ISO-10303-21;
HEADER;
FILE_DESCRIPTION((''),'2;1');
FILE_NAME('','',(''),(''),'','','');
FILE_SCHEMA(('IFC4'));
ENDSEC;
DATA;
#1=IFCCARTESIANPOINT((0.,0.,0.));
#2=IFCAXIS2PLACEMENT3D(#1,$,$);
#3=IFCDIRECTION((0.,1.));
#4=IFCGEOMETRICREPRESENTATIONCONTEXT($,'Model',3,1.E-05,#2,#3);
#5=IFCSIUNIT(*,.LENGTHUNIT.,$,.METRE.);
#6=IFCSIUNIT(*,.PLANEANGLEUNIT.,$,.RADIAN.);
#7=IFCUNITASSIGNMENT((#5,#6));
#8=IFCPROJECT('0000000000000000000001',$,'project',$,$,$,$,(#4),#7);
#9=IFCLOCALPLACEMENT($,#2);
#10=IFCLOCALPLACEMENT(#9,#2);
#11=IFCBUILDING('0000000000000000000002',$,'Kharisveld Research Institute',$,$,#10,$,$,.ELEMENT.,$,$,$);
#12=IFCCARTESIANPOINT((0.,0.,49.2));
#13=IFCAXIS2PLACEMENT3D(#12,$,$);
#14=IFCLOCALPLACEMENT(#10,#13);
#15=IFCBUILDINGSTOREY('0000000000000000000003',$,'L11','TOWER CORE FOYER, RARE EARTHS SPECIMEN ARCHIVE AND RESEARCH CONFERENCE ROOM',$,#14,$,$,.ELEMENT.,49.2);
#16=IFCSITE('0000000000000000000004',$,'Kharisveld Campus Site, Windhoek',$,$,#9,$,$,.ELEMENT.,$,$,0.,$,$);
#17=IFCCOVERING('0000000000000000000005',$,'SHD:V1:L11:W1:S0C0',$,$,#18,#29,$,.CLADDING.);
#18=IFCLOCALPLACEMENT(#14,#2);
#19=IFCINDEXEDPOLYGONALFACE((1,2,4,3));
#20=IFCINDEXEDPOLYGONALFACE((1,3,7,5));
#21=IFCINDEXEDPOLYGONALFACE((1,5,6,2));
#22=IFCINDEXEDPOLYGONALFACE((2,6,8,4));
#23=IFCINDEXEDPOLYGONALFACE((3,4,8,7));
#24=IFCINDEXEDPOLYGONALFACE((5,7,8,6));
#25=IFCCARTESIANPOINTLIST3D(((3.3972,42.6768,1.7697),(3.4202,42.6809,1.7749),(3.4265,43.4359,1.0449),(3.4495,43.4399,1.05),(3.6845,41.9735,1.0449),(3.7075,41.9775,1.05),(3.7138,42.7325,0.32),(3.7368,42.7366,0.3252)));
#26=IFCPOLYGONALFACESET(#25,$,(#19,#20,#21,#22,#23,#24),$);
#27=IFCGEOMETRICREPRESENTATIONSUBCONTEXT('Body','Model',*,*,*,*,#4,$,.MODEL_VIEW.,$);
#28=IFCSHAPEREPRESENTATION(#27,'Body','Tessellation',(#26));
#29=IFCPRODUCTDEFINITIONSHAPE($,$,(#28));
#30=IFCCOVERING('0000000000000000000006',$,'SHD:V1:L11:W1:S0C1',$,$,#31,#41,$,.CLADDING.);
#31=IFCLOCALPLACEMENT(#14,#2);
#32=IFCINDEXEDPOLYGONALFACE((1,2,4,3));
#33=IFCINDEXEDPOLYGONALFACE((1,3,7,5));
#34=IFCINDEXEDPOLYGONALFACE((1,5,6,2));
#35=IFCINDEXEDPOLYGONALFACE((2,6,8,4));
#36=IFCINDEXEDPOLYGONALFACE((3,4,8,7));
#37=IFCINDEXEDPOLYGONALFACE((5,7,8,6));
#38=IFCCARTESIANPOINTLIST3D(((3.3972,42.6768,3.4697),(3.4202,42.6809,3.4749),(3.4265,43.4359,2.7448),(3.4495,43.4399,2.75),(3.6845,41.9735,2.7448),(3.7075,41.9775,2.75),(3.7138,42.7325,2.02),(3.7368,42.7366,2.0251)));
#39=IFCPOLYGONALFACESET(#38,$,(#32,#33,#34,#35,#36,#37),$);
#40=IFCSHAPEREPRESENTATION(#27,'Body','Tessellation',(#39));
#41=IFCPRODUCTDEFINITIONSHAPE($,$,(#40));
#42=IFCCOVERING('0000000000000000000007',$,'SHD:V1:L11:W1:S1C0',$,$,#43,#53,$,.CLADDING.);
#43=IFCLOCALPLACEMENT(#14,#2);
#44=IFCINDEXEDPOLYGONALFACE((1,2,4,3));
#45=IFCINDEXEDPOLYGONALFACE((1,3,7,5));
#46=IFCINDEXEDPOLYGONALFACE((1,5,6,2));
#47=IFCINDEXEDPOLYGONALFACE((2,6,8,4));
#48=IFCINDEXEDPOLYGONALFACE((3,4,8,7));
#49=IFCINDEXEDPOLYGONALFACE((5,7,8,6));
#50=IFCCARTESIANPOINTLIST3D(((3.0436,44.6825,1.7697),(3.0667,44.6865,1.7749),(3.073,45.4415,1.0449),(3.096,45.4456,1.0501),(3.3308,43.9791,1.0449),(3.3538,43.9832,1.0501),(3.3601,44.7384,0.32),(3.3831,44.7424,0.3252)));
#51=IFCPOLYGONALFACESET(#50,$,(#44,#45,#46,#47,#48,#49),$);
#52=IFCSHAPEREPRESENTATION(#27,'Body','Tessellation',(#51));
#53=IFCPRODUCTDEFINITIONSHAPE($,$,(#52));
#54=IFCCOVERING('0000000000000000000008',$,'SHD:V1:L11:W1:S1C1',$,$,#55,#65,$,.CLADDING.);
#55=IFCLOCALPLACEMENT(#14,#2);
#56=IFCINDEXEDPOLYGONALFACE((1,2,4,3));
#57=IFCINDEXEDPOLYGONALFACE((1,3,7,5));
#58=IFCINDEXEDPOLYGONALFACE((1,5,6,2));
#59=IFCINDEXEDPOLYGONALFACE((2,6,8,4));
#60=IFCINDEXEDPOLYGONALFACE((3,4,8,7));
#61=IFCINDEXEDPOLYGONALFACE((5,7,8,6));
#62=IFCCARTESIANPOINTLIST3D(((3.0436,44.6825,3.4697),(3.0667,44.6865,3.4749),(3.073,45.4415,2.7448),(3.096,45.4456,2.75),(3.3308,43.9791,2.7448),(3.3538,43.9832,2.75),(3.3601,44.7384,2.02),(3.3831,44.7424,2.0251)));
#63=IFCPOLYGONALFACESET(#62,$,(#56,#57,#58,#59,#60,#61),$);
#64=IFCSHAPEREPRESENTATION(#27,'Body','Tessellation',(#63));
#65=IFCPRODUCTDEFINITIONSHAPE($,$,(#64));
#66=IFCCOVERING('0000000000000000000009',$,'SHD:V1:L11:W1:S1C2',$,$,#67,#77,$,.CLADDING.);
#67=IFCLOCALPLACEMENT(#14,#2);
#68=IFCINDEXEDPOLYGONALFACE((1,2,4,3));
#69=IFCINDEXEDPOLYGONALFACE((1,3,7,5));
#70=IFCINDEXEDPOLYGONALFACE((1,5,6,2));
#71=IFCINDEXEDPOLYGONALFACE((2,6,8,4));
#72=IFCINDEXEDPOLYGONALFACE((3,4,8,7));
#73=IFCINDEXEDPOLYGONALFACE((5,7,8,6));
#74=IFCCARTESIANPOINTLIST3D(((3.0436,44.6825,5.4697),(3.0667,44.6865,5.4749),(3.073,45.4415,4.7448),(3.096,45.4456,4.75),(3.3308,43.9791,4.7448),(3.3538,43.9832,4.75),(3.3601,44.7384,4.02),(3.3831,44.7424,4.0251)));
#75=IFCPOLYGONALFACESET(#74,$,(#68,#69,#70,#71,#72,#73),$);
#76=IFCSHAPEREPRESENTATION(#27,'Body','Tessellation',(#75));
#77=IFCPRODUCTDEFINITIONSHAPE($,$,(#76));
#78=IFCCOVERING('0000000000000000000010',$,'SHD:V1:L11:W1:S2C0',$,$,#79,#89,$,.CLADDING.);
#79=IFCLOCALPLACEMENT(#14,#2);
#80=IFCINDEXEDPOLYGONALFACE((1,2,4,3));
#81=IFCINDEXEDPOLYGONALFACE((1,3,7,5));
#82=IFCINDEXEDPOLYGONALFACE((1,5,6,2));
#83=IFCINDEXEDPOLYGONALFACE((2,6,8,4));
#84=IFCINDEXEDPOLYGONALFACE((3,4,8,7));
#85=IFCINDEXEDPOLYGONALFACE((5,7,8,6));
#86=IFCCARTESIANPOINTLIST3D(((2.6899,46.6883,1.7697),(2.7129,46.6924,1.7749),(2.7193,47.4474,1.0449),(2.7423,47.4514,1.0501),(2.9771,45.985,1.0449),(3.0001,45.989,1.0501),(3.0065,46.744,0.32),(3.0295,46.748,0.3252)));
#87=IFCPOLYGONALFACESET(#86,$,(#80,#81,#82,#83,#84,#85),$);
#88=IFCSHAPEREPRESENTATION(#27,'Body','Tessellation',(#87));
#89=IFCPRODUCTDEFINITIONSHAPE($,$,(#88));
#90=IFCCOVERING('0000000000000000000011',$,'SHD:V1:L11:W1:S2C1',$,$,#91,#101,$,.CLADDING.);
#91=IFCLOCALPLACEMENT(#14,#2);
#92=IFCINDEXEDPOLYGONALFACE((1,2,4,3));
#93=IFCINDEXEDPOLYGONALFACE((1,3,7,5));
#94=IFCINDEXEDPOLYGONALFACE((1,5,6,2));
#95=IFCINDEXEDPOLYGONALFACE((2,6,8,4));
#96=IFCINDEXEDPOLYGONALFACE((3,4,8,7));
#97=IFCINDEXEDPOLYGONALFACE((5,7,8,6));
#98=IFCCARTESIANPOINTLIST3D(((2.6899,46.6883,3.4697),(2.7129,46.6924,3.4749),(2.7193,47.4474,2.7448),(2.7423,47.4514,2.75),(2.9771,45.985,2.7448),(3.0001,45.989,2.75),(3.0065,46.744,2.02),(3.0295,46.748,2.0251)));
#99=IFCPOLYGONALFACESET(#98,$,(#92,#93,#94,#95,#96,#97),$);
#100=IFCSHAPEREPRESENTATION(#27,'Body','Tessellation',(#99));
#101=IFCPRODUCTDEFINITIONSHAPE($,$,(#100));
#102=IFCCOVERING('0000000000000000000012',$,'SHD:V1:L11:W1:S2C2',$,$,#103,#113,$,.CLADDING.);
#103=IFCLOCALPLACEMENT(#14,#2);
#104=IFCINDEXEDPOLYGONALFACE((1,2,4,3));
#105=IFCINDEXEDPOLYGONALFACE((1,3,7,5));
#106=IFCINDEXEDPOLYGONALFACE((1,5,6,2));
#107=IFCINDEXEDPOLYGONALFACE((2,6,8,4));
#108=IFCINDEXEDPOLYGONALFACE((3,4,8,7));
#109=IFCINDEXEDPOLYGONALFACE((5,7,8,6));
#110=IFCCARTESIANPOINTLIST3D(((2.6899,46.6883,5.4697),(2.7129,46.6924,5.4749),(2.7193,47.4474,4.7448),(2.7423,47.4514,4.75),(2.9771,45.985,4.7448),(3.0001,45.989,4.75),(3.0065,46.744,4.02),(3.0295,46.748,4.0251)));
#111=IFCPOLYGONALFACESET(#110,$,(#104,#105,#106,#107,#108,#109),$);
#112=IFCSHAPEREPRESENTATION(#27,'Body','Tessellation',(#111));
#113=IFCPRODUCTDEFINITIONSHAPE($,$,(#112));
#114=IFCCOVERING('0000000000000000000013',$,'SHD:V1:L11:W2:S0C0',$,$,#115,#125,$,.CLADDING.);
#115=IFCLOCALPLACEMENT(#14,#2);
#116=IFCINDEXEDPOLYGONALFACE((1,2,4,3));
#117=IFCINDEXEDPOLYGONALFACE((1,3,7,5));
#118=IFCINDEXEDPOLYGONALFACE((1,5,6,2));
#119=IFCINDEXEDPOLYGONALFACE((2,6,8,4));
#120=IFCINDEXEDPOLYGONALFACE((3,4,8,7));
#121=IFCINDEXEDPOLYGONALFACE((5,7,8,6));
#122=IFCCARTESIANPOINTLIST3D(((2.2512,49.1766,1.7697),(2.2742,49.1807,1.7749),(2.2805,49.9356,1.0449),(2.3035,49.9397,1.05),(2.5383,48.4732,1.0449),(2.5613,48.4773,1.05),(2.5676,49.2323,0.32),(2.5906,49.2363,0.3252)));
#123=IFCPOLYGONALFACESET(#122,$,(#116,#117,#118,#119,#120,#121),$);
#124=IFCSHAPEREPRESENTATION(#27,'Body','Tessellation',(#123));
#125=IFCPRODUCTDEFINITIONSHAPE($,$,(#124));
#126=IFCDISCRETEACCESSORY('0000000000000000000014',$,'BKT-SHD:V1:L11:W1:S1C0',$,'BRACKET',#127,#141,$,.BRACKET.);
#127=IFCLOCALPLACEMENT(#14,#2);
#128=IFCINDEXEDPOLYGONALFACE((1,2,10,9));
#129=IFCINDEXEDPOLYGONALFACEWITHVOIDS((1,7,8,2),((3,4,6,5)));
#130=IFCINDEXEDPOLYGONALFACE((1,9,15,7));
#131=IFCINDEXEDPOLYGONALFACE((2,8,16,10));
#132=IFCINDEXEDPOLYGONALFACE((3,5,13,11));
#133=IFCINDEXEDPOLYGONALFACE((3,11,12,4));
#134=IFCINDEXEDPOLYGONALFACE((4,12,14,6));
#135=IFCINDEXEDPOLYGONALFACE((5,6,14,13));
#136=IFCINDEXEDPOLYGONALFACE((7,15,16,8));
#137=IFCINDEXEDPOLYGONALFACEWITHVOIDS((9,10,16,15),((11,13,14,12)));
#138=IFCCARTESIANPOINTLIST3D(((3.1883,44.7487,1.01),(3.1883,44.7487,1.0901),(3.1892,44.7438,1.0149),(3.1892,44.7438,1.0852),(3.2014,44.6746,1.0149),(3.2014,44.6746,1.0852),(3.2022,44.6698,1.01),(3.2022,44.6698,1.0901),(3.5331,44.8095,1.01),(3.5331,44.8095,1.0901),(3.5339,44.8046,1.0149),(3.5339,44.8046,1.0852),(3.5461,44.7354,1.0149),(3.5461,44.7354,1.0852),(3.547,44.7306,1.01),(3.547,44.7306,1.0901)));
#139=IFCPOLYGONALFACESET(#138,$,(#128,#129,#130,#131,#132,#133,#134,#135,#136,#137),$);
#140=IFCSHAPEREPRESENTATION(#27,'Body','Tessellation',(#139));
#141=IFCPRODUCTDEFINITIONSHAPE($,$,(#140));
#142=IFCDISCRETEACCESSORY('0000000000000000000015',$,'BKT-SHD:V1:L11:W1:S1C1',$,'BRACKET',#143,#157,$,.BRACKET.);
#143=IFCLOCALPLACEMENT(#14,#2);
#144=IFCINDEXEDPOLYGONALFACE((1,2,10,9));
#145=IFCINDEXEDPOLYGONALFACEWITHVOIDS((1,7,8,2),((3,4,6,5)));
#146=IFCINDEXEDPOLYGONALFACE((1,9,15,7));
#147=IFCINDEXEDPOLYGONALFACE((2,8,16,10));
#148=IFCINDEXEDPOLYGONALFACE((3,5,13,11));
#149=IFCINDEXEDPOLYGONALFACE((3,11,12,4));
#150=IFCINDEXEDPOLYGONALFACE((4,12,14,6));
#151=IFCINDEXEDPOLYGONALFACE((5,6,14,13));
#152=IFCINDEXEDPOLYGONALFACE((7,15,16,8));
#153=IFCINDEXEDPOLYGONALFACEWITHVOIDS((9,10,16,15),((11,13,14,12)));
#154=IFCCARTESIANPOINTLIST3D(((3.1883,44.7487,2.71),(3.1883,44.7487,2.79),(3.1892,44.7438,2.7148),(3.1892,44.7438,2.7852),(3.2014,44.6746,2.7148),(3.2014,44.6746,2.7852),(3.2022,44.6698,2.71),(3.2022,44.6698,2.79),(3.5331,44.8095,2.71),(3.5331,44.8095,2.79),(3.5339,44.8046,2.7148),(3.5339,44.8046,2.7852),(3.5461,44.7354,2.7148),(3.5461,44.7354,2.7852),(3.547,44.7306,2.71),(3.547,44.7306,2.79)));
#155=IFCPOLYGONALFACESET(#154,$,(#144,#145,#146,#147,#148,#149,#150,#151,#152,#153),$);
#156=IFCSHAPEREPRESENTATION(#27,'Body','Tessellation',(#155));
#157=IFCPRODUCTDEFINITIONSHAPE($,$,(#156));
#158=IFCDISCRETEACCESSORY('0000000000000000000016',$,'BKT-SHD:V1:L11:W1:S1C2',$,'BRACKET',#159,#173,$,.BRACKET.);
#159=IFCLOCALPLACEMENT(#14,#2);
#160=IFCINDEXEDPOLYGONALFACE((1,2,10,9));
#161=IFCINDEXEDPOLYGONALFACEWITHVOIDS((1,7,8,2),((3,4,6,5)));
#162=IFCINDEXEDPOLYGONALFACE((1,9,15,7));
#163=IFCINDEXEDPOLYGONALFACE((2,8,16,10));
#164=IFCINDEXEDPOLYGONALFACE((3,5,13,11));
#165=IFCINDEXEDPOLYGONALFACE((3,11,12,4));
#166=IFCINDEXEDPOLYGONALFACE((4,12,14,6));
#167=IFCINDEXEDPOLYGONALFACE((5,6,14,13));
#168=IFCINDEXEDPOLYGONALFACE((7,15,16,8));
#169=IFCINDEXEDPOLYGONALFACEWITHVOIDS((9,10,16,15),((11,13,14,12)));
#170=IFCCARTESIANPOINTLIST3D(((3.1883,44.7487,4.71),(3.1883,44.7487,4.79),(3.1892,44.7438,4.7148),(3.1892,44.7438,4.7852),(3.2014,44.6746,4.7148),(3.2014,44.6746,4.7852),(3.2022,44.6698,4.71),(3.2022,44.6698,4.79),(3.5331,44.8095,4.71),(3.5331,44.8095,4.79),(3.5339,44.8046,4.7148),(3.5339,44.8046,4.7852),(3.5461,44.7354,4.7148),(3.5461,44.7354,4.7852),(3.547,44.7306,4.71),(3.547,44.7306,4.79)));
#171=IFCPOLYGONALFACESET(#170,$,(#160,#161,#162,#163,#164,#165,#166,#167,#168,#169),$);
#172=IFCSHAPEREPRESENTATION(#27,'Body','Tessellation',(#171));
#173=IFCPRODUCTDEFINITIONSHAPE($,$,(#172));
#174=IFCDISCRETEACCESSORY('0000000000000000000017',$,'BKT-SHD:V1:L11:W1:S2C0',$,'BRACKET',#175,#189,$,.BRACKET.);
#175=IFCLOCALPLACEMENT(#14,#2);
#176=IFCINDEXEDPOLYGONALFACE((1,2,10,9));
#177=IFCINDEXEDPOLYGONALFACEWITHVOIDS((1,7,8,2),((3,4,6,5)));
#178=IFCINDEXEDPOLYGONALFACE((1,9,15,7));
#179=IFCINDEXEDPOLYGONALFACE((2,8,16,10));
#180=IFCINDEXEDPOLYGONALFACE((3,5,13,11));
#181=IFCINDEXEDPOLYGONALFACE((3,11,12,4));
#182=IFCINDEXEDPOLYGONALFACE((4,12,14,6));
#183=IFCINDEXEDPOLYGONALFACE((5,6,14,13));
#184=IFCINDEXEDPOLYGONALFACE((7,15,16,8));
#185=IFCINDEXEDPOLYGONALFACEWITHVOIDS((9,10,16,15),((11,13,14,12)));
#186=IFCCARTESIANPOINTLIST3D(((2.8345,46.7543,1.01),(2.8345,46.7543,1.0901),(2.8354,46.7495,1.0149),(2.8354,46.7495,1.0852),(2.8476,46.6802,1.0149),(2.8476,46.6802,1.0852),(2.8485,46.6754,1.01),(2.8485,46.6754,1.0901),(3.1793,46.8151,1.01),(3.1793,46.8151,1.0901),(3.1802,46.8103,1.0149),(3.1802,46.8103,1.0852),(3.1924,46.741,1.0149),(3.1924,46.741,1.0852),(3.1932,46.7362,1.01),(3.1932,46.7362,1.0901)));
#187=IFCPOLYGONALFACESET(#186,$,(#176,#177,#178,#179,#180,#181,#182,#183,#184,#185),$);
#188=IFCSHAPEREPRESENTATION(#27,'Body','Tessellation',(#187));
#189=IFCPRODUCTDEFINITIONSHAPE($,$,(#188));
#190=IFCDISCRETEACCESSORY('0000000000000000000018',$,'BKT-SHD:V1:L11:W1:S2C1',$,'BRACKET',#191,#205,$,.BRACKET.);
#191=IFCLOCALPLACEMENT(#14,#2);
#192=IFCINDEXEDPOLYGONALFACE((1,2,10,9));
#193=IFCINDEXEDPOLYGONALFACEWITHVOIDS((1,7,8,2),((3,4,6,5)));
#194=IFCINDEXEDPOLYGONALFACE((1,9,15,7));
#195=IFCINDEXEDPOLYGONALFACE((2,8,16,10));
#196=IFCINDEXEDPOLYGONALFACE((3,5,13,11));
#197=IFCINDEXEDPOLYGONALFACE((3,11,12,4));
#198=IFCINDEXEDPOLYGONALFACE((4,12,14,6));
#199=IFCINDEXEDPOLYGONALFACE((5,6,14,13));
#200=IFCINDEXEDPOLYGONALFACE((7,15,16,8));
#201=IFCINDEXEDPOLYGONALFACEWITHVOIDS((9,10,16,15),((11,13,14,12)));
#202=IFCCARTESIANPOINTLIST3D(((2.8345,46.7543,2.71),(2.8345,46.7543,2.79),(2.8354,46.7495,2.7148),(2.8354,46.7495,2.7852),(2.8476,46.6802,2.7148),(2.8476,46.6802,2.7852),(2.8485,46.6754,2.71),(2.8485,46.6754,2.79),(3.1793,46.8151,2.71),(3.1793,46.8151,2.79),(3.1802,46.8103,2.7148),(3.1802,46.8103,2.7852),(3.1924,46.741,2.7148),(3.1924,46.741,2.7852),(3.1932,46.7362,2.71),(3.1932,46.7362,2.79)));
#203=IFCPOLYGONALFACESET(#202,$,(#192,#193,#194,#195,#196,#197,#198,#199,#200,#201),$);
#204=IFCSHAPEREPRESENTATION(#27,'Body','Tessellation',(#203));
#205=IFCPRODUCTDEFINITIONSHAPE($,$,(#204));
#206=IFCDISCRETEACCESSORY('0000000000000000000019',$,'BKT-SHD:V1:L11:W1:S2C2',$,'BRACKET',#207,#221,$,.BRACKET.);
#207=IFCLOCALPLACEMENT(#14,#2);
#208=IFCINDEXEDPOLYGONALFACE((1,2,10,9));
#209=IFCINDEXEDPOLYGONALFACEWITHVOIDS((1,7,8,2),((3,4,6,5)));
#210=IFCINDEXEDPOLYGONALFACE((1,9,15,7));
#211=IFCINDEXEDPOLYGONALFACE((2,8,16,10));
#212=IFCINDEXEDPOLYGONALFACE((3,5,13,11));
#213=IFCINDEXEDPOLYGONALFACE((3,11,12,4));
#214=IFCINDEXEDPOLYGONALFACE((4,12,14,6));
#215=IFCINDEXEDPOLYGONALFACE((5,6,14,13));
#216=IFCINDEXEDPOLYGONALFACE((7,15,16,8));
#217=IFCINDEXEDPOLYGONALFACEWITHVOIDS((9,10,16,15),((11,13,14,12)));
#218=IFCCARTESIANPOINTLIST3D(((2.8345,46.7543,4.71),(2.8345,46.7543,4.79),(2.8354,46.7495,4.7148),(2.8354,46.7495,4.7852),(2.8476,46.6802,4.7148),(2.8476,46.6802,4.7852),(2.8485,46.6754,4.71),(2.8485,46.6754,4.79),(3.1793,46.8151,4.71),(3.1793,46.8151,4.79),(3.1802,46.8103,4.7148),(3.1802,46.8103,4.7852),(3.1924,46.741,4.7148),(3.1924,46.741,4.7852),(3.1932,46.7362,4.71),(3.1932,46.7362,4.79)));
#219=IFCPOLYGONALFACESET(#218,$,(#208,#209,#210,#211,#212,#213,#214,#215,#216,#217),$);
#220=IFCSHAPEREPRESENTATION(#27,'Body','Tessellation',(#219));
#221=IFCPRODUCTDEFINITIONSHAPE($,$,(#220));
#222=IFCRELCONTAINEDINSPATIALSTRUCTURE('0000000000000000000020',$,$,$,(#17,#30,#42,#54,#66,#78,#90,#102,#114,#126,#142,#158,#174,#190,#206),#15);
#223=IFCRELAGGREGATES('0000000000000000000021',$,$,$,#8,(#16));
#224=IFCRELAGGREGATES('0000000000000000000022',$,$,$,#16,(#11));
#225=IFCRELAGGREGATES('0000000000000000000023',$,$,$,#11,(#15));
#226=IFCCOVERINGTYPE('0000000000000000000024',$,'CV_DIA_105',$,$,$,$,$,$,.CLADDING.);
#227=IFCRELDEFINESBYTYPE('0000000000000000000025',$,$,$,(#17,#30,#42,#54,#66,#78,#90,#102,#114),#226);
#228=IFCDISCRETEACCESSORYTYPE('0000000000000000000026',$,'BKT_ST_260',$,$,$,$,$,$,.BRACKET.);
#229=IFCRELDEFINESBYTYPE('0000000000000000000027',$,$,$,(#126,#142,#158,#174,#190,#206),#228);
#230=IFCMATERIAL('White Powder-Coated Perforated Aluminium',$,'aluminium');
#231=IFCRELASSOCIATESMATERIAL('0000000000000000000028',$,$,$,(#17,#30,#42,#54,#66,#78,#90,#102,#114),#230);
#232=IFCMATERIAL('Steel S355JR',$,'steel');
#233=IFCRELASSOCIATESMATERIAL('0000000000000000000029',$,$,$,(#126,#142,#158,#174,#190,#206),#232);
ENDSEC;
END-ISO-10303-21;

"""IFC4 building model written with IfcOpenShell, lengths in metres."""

from ifc_helpers import new_model, si_unit, direction, frame, origin, origin_2d, place, context, subcontext, project, spatial, polyline, hollow_rectangle, outline, extrude, material, type_object, element, save


model = new_model("IFC4")

# Units and contexts
model_context = context("Model", 3, precision=1e-05, world=origin(), true_north=direction((0.0, 1.0)))
body_context = subcontext(model_context, "Body", "Model", "MODEL_VIEW")
ifc_project = project(units=[si_unit("LENGTHUNIT", "METRE"), si_unit("PLANEANGLEUNIT", "RADIAN")], contexts=[model_context])

# Site, building, storey
site_placement = place(None, origin())
site = spatial("IfcSite", under=ifc_project, at=site_placement, Name="Kharisveld Campus Site, Windhoek", CompositionType="ELEMENT", RefElevation=0.0)
building_placement = place(site_placement, origin())
building = spatial("IfcBuilding", under=site, at=building_placement, Name="Kharisveld Research Institute", CompositionType="ELEMENT")
storey_placement = place(building_placement, frame((0.0, 0.0, 49.2)))
storey = spatial("IfcBuildingStorey", under=building, at=storey_placement, Name="L11", Description="TOWER CORE FOYER, RARE EARTHS SPECIMEN ARCHIVE AND RESEARCH CONFERENCE ROOM", CompositionType="ELEMENT", Elevation=49.2)

# Coverings
ifc_material_1 = material(Name="White Powder-Coated Perforated Aluminium", Category="aluminium")
covering_type = type_object("IfcCoveringType", Name="CV_DIA_105", PredefinedType="CLADDING")
for number, where, z_axis, x_axis, name in (
    (1, (3.7368, 42.7366, 0.3252), (0.961426, 0.169654, 0.216512), (-0.273644, 0.669811, 0.69027), "SHD:V1:L11:W1:S0C0"),
    (2, (3.7368, 42.7366, 2.0251), (0.961426, 0.169654, 0.216512), (-0.273644, 0.669811, 0.69027), "SHD:V1:L11:W1:S0C1"),
):
    element("IfcCovering", number, at=place(storey_placement, frame(where, z_axis=z_axis, x_axis=x_axis)), inside=storey, type_object=covering_type, material=ifc_material_1, Name=name, PredefinedType="CLADDING", context=body_context, shape_type="SweptSolid", body=[
        extrude(outline(polyline([(0.0, 0.0), (1.0501, 0.0), (1.0501, 1.05), (0.0, 1.05), (0.0, 0.0)])), origin(), (0.0, 0.0, -1.0), 0.0239),
    ])
for number, where, z_axis, x_axis, name in (
    (3, (3.3831, 44.7424, 0.3252), (0.961481, 0.169503, 0.216385), (-0.273452, 0.669728, 0.690426), "SHD:V1:L11:W1:S1C0"),
    (4, (3.3831, 44.7424, 2.0251), (0.961481, 0.169503, 0.216385), (-0.273452, 0.669728, 0.690426), "SHD:V1:L11:W1:S1C1"),
    (5, (3.3831, 44.7424, 4.0251), (0.961481, 0.169503, 0.216385), (-0.273452, 0.669728, 0.690426), "SHD:V1:L11:W1:S1C2"),
):
    element("IfcCovering", number, at=place(storey_placement, frame(where, z_axis=z_axis, x_axis=x_axis)), inside=storey, type_object=covering_type, material=ifc_material_1, Name=name, PredefinedType="CLADDING", context=body_context, shape_type="SweptSolid", body=[
        extrude(outline(polyline([(0.0, 0.0), (1.0499, 0.0), (1.05, 1.05), (0.0, 1.0501), (0.0, 0.0)])), origin(), (0.0, 0.0, -1.0), 0.0239),
    ])
for number, where, z_axis, x_axis, name in (
    (6, (3.0295, 46.748, 0.3252), (0.961453, 0.169498, 0.216512), (-0.273536, 0.66983, 0.690294), "SHD:V1:L11:W1:S2C0"),
    (7, (3.0295, 46.748, 2.0251), (0.961453, 0.169498, 0.216512), (-0.273536, 0.66983, 0.690294), "SHD:V1:L11:W1:S2C1"),
    (8, (3.0295, 46.748, 4.0251), (0.961453, 0.169498, 0.216512), (-0.273536, 0.66983, 0.690294), "SHD:V1:L11:W1:S2C2"),
):
    element("IfcCovering", number, at=place(storey_placement, frame(where, z_axis=z_axis, x_axis=x_axis)), inside=storey, type_object=covering_type, material=ifc_material_1, Name=name, PredefinedType="CLADDING", context=body_context, shape_type="SweptSolid", body=[
        extrude(outline(polyline([(0.0, 0.0), (1.0501, 0.0), (1.0501, 1.05), (0.0, 1.05), (0.0, 0.0)])), origin(), (0.0, 0.0, -1.0), 0.0239),
    ])
covering_placement = place(storey_placement, frame((2.5906, 49.2363, 0.3252), z_axis=(0.961487, 0.169504, 0.216358), x_axis=(-0.273429, 0.669853, 0.690314)))
element("IfcCovering", 9, at=covering_placement, inside=storey, type_object=covering_type, material=ifc_material_1, Name="SHD:V1:L11:W2:S0C0", PredefinedType="CLADDING", context=body_context, shape_type="SweptSolid", body=[
    extrude(outline(polyline([(0.0, 0.0), (1.05, 0.0), (1.05, 1.05), (-0.0001, 1.05), (0.0, 0.0)])), origin(), (0.0, 0.0, -1.0), 0.0239),
])

# Discrete accessories
ifc_material_2 = material(Name="Steel S355JR", Category="steel")
discrete_accessory_type = type_object("IfcDiscreteAccessoryType", Name="BKT_ST_260", PredefinedType="BRACKET")
for number, where, z_axis, x_axis, name in (
    (10, (3.54, 44.77, 1.05), (-0.984805, -0.173666, 0.0), (0.173666, -0.984805, 0.0), "BKT-SHD:V1:L11:W1:S1C0"),
    (11, (3.54, 44.77, 2.75), (-0.984805, -0.173666, 0.0), (0.173666, -0.984805, 0.0), "BKT-SHD:V1:L11:W1:S1C1"),
    (12, (3.54, 44.77, 4.75), (-0.984805, -0.173666, 0.0), (0.173666, -0.984805, 0.0), "BKT-SHD:V1:L11:W1:S1C2"),
    (13, (3.1863, 46.7756, 1.05), (-0.984805, -0.173666, 0.0), (0.173666, -0.984805, 0.0), "BKT-SHD:V1:L11:W1:S2C0"),
    (14, (3.1863, 46.7756, 2.75), (-0.984805, -0.173666, 0.0), (0.173666, -0.984805, 0.0), "BKT-SHD:V1:L11:W1:S2C1"),
    (15, (3.1863, 46.7756, 4.75), (-0.984805, -0.173666, 0.0), (0.173666, -0.984805, 0.0), "BKT-SHD:V1:L11:W1:S2C2"),
):
    element("IfcDiscreteAccessory", number, at=place(storey_placement, frame(where, z_axis=z_axis, x_axis=x_axis)), inside=storey, type_object=discrete_accessory_type, material=ifc_material_2, Name=name, ObjectType="BRACKET", PredefinedType="BRACKET", context=body_context, shape_type="SweptSolid", body=[
        extrude(hollow_rectangle(XDim=0.0801, YDim=0.0801, WallThickness=0.0049, at=origin_2d()), origin(), (0.0, 0.0, 1.0), 0.3501),
    ])

save(model, "model.ifc")
